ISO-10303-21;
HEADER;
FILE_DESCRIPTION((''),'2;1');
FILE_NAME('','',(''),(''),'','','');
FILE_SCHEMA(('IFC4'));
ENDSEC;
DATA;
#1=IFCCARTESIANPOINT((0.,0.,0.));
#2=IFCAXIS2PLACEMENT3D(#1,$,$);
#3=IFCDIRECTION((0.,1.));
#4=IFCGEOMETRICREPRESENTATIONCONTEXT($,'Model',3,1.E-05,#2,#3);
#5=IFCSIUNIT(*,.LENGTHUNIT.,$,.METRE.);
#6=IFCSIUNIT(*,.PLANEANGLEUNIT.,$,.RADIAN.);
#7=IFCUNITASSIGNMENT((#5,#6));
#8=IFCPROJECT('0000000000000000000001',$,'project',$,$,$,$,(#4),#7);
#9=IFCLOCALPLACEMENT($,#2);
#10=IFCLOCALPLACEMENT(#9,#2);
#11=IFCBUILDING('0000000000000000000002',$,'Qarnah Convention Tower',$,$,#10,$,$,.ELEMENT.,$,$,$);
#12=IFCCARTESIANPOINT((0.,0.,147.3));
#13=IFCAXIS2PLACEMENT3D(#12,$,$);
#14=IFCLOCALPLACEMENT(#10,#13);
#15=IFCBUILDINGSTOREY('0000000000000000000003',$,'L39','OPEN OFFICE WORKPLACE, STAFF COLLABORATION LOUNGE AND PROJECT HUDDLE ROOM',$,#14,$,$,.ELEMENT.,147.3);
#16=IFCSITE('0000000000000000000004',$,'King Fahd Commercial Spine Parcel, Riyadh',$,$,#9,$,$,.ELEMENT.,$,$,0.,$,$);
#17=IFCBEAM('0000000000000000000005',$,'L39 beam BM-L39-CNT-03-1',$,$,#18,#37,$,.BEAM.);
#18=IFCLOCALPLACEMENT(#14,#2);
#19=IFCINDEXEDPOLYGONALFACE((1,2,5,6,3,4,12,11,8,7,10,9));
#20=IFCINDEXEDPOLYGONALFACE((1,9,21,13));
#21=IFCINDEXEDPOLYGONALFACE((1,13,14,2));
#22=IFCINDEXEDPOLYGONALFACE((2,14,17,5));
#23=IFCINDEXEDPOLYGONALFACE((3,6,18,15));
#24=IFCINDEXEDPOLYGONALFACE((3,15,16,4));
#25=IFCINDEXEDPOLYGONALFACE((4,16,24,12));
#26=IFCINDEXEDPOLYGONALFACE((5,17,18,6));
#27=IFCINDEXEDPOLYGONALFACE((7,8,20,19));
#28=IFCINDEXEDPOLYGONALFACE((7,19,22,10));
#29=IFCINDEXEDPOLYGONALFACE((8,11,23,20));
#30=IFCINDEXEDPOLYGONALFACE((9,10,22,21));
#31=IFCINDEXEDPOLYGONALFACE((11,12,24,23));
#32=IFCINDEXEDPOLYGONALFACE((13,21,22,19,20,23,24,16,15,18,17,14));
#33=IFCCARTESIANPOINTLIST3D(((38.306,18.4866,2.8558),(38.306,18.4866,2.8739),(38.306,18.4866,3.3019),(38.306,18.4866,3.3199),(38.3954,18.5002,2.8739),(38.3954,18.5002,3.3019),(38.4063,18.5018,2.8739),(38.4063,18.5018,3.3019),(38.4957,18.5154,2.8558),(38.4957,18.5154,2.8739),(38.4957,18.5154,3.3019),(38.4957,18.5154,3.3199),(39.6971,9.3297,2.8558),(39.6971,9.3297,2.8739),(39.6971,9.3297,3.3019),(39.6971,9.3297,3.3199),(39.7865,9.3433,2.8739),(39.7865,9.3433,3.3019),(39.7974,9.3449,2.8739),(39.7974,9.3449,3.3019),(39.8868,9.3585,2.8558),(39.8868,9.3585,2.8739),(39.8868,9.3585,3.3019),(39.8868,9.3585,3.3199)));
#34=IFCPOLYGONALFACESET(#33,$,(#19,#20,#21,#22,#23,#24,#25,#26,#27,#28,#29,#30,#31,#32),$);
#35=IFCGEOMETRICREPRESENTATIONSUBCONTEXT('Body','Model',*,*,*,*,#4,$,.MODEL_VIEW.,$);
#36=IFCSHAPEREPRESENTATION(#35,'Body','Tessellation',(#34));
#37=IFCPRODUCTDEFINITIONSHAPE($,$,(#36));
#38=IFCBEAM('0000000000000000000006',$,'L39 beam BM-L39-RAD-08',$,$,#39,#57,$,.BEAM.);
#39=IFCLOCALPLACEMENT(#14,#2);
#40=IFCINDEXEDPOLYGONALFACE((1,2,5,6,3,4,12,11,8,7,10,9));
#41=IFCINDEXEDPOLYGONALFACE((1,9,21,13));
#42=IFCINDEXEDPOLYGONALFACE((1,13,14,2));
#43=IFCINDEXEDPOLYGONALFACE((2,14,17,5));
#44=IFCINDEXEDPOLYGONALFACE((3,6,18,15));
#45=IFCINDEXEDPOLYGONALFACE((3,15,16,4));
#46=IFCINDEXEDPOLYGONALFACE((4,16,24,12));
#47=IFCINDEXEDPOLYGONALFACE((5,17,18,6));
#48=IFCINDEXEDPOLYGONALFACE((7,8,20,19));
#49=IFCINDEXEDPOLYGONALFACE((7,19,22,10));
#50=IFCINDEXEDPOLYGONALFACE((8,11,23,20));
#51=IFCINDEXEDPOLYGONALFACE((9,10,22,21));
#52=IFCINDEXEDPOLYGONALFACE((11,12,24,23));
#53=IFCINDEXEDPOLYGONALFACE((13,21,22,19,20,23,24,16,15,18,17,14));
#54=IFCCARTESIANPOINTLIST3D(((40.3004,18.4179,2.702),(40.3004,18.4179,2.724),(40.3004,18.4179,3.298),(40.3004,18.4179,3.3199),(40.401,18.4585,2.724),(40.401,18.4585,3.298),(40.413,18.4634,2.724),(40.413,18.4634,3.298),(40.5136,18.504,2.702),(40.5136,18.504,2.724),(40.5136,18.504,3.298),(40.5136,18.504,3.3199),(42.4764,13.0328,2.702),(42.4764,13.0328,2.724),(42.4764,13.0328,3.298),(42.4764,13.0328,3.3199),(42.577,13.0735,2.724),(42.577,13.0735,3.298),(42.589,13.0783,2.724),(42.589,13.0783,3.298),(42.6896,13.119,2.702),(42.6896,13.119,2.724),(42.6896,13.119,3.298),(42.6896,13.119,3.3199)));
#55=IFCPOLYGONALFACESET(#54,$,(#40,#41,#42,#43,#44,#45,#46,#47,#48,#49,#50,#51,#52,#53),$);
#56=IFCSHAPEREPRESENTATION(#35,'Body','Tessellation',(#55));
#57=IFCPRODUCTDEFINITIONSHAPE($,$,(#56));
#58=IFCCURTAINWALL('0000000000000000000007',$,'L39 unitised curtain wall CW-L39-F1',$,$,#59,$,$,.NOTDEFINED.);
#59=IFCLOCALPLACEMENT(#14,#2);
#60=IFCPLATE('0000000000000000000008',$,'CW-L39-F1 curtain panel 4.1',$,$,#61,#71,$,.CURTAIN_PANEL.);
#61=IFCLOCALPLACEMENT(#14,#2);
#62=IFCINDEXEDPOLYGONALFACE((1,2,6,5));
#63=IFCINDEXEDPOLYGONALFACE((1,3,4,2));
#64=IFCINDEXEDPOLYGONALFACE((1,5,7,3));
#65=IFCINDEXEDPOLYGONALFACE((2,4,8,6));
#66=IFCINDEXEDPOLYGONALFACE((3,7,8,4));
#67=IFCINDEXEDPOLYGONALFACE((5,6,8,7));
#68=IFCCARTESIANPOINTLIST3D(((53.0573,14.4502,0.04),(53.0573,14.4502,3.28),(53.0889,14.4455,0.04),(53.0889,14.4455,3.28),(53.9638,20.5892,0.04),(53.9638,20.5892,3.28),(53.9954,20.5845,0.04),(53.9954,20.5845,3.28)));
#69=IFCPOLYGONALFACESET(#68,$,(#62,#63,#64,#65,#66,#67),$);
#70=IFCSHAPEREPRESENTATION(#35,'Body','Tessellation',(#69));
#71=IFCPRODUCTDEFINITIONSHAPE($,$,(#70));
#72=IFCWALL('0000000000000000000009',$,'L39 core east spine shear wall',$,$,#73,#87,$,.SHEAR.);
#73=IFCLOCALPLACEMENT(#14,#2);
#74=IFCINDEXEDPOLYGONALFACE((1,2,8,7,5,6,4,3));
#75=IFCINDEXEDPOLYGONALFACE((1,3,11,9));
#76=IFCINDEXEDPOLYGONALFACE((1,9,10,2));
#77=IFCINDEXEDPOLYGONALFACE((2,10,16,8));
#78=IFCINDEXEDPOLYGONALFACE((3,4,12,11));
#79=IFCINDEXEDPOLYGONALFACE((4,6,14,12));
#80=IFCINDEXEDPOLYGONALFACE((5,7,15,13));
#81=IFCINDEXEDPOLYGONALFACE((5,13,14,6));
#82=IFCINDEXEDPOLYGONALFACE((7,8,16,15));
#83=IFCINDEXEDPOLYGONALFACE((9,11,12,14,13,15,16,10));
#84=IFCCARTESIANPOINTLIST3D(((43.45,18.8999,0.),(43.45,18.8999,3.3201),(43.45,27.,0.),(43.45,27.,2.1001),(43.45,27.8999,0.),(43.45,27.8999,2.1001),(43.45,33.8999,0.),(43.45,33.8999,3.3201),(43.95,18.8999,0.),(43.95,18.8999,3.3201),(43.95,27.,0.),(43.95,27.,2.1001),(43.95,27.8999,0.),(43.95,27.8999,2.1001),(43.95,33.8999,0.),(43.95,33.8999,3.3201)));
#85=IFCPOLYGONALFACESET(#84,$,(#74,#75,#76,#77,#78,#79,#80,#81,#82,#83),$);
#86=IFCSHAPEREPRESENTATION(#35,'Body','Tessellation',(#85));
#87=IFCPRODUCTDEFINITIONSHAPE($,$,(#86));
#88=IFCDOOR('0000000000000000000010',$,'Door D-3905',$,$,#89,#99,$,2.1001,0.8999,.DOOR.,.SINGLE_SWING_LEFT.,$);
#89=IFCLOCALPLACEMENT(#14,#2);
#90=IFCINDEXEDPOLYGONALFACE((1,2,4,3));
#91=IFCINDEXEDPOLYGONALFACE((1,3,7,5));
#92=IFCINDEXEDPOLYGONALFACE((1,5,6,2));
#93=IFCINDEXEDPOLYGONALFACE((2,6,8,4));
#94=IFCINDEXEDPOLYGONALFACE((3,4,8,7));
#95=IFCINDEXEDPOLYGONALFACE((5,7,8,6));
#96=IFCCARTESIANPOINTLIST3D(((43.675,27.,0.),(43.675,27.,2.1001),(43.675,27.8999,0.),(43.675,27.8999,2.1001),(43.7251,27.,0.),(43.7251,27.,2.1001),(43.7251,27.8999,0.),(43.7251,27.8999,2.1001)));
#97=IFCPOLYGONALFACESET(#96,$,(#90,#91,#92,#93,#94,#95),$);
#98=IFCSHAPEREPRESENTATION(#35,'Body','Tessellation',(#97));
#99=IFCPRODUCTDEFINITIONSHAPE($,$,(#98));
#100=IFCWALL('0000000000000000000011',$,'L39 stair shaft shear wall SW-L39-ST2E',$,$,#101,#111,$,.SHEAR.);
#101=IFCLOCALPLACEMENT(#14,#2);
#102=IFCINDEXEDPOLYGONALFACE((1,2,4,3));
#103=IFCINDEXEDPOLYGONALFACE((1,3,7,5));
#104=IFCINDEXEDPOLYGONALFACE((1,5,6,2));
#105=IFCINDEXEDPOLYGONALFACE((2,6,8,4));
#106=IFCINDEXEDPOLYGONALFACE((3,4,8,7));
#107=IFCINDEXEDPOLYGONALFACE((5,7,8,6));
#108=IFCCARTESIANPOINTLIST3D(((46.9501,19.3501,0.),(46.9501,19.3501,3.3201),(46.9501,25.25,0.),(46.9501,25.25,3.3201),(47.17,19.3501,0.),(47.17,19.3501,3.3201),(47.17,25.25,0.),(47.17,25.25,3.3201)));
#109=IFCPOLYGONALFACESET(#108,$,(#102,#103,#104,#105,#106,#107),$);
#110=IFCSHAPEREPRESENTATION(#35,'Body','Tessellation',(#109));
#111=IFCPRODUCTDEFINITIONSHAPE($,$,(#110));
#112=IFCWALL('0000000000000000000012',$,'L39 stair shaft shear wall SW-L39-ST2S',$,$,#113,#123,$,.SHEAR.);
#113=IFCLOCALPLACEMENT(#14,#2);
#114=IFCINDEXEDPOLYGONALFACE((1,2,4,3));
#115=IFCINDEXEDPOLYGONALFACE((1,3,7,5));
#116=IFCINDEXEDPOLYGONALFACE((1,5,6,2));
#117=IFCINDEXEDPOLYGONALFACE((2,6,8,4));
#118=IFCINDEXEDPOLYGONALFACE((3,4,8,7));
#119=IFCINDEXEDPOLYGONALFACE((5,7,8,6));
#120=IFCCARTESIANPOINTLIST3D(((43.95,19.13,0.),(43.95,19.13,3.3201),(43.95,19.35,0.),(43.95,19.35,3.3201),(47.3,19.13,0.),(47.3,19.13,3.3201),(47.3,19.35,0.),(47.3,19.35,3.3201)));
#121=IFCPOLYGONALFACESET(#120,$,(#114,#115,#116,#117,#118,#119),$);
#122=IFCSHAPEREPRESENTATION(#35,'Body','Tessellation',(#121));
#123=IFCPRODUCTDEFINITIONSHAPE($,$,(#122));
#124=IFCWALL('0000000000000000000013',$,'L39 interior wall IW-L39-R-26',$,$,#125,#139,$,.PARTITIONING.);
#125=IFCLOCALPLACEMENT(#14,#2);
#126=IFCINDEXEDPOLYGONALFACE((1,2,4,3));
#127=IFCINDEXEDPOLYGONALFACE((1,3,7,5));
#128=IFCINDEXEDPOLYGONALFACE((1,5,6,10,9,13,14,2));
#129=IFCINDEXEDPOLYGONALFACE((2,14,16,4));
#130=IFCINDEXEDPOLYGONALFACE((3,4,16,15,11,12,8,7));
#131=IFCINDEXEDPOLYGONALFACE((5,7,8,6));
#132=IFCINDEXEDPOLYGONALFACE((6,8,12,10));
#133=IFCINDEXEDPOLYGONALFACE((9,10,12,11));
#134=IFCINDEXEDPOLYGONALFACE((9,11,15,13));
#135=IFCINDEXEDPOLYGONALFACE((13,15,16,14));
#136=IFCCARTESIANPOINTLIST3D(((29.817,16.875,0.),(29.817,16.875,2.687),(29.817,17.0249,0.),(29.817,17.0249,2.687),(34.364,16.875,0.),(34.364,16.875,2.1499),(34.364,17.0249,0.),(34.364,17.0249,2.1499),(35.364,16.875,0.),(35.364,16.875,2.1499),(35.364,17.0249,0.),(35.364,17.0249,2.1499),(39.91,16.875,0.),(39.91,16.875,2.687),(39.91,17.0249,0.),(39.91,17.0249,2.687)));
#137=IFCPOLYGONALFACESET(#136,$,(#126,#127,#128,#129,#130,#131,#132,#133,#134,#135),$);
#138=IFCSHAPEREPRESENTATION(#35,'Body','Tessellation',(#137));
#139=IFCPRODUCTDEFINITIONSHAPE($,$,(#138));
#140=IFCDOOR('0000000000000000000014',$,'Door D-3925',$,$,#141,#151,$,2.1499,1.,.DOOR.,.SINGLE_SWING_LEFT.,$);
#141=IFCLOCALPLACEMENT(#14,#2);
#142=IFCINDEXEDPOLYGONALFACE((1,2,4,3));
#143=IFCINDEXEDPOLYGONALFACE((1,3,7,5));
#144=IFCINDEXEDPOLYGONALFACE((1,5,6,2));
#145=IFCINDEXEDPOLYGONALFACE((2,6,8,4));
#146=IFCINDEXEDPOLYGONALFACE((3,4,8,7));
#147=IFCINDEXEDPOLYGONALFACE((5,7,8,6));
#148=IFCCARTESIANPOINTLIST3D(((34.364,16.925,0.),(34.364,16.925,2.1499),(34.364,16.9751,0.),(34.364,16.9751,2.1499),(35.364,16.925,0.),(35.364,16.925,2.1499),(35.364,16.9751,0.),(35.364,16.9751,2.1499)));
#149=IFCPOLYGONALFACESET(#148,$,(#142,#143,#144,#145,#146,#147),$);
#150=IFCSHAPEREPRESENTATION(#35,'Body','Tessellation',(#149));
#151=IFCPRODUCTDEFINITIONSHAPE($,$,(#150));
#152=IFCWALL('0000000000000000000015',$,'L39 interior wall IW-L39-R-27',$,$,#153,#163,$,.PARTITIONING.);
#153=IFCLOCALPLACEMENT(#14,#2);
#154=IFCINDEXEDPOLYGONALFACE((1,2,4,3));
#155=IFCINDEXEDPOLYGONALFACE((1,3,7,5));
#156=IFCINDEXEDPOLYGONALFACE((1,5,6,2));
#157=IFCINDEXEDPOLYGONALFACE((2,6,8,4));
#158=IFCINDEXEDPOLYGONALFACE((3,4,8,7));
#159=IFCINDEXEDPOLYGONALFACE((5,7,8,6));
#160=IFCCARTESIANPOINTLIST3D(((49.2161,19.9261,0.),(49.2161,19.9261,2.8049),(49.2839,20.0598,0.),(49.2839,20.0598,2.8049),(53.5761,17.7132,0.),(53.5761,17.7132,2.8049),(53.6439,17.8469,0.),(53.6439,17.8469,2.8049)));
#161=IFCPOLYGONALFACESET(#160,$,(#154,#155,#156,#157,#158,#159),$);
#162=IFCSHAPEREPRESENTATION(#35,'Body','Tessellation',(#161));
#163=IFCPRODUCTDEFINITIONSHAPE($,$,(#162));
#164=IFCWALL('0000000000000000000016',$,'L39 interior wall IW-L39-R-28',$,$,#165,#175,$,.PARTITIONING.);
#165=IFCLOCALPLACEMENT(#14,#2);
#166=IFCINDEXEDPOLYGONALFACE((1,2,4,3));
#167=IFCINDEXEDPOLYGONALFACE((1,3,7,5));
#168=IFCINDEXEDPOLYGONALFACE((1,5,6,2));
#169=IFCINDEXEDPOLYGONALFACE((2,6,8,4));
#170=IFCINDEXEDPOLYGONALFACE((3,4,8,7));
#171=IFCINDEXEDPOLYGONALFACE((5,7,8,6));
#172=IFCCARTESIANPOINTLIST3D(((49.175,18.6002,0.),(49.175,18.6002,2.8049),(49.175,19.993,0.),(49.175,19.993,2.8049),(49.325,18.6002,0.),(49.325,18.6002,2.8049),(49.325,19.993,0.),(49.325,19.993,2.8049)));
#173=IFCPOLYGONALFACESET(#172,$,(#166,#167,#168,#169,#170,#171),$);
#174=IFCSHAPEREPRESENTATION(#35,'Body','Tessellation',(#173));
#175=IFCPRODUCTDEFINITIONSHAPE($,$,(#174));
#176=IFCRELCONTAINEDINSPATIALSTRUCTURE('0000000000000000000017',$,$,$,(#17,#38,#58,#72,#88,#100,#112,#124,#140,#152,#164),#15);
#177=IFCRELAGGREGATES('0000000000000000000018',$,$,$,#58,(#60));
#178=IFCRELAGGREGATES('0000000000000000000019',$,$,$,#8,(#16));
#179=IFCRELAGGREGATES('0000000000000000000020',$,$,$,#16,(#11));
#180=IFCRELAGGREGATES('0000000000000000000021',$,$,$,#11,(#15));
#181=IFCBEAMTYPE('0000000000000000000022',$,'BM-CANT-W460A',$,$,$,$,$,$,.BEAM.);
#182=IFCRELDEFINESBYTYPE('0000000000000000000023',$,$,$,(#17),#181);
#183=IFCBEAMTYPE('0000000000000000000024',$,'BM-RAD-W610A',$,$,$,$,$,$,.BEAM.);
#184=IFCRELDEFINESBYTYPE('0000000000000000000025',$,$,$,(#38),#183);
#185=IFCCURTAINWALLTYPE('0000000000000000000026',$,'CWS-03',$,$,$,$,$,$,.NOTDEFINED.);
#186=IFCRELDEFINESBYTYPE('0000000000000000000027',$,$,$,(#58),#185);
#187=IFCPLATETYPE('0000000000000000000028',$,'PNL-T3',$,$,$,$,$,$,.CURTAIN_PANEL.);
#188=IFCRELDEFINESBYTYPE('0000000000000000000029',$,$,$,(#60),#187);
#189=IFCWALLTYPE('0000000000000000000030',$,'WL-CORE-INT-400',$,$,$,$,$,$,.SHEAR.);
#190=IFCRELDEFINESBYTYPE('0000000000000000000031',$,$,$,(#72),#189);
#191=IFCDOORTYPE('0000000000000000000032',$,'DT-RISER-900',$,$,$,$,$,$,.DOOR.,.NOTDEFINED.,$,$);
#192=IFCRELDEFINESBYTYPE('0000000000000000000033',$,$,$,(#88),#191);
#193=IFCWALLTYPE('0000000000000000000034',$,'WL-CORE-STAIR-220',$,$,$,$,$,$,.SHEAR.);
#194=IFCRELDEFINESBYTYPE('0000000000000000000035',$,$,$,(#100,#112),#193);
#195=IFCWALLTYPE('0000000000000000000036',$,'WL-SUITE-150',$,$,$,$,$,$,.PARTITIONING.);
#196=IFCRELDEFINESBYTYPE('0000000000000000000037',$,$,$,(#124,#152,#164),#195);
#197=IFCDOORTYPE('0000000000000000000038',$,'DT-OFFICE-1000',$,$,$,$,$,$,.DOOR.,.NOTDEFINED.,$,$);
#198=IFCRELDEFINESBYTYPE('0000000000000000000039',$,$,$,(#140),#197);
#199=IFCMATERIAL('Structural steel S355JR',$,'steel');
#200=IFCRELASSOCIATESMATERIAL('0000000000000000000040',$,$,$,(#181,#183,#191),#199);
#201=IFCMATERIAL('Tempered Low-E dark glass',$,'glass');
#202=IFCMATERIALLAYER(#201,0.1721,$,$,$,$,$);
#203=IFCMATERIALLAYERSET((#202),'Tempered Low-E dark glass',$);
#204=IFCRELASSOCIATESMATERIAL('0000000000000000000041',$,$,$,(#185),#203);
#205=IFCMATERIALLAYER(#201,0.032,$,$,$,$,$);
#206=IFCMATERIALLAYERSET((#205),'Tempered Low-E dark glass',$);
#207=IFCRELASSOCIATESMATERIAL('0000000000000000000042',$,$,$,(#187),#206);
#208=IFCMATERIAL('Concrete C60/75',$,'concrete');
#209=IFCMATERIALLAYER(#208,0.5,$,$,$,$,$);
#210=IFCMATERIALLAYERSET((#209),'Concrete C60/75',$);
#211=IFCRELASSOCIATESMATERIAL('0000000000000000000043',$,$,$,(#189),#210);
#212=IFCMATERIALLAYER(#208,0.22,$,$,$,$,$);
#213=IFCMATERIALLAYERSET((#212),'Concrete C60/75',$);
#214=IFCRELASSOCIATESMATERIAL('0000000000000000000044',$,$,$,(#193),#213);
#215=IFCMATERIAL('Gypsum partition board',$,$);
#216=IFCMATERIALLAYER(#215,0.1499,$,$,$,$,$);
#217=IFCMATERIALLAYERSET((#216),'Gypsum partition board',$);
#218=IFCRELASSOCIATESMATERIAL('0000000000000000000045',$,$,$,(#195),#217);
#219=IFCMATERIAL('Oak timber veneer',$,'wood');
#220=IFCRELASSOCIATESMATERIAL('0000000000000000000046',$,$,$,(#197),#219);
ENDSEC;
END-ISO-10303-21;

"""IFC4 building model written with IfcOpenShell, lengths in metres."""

from ifc_helpers import new_model, si_unit, direction, frame, frame_2d, origin, origin_2d, place, context, subcontext, project, spatial, rectangle, i_section, extrude, material, layer, layer_set, material_profile, profile_set, type_object, element, fill, aggregate, save


model = new_model("IFC4")

# Units and contexts
model_context = context("Model", 3, precision=1e-05, world=origin(), true_north=direction((0.0, 1.0)))
body_context = subcontext(model_context, "Body", "Model", "MODEL_VIEW")
ifc_project = project(units=[si_unit("LENGTHUNIT", "METRE"), si_unit("PLANEANGLEUNIT", "RADIAN")], contexts=[model_context])

# Site, building, storey
site_placement = place(None, origin())
site = spatial("IfcSite", under=ifc_project, at=site_placement, Name="King Fahd Commercial Spine Parcel, Riyadh", CompositionType="ELEMENT", RefElevation=0.0)
building_placement = place(site_placement, origin())
building = spatial("IfcBuilding", under=site, at=building_placement, Name="Qarnah Convention Tower", CompositionType="ELEMENT")
storey_placement = place(building_placement, frame((0.0, 0.0, 147.3)))
storey = spatial("IfcBuildingStorey", under=building, at=storey_placement, Name="L39", Description="OPEN OFFICE WORKPLACE, STAFF COLLABORATION LOUNGE AND PROJECT HUDDLE ROOM", CompositionType="ELEMENT", Elevation=147.3)

# Beams
ifc_material_1 = material(Name="Structural steel S355JR", Category="steel")
ifc_material_profile_1 = material_profile(ifc_material_1, i_section(OverallWidth=0.1919, OverallDepth=0.4641, WebThickness=0.011, FlangeThickness=0.0181, at=origin_2d()), Name="W460X89")
ifc_profile_set_1 = profile_set([ifc_material_profile_1], Name="Structural steel S355JR")
beam_type_1 = type_object("IfcBeamType", Name="BM-CANT-W460A", PredefinedType="BEAM", material=ifc_profile_set_1)
beam_1_placement = place(storey_placement, frame((38.4009, 18.501, 3.0879), z_axis=(0.150195, -0.988656, 0.0), x_axis=(0.988656, 0.150195, 0.0)))
element("IfcBeam", 1, at=beam_1_placement, inside=storey, type_object=beam_type_1, Name="L39 beam BM-L39-CNT-03-1", PredefinedType="BEAM", context=body_context, shape_type="SweptSolid", body=[
    extrude(i_section(OverallWidth=0.1919, OverallDepth=0.4641, WebThickness=0.011, FlangeThickness=0.0181, at=origin_2d()), origin(), (0.0, 0.0, 1.0), 9.262),
])
ifc_material_profile_2 = material_profile(ifc_material_1, i_section(OverallWidth=0.23, OverallDepth=0.6179, WebThickness=0.0129, FlangeThickness=0.022, at=origin_2d()), Name="W610X140")
ifc_profile_set_2 = profile_set([ifc_material_profile_2], Name="Structural steel S355JR")
beam_type_2 = type_object("IfcBeamType", Name="BM-RAD-W610A", PredefinedType="BEAM", material=ifc_profile_set_2)
beam_2_placement = place(storey_placement, frame((40.407, 18.4609, 3.011), z_axis=(0.374657, -0.927164, 0.0), x_axis=(0.927164, 0.374657, 0.0)))
element("IfcBeam", 2, at=beam_2_placement, inside=storey, type_object=beam_type_2, Name="L39 beam BM-L39-RAD-08", PredefinedType="BEAM", context=body_context, shape_type="SweptSolid", body=[
    extrude(i_section(OverallWidth=0.23, OverallDepth=0.6179, WebThickness=0.0129, FlangeThickness=0.022, at=origin_2d()), origin(), (0.0, 0.0, 1.0), 5.8081),
])

# Curtain wall, plate
ifc_material_2 = material(Name="Tempered Low-E dark glass", Category="glass")
ifc_layer_1 = layer(ifc_material_2, 0.1721)
ifc_layer_set_1 = layer_set([ifc_layer_1], Name="Tempered Low-E dark glass")
curtain_wall_type = type_object("IfcCurtainWallType", Name="CWS-03", PredefinedType="NOTDEFINED", material=ifc_layer_set_1)
curtain_wall_placement = place(storey_placement, origin())
curtain_wall = element("IfcCurtainWall", 3, at=curtain_wall_placement, inside=storey, type_object=curtain_wall_type, Name="L39 unitised curtain wall CW-L39-F1", PredefinedType="NOTDEFINED")
ifc_layer_2 = layer(ifc_material_2, 0.032)
ifc_layer_set_2 = layer_set([ifc_layer_2], Name="Tempered Low-E dark glass")
plate_type = type_object("IfcPlateType", Name="PNL-T3", PredefinedType="CURTAIN_PANEL", material=ifc_layer_set_2)
plate_placement = place(storey_placement, frame((53.5264, 17.5173, 0.04), z_axis=(0.0, 0.0, 1.0), x_axis=(-0.146079, -0.989273, 0.0)))
plate = element("IfcPlate", 4, at=plate_placement, type_object=plate_type, Name="CW-L39-F1 curtain panel 4.1", PredefinedType="CURTAIN_PANEL", context=body_context, shape_type="SweptSolid", body=[
    extrude(rectangle(XDim=6.2056, YDim=0.032, at=origin_2d()), origin(), (0.0, 0.0, 1.0), 3.24),
])
aggregate(curtain_wall, [plate])

# Shared definitions
ifc_material_3 = material(Name="Concrete C60/75", Category="concrete")
door_type_1 = type_object("IfcDoorType", Name="DT-RISER-900", OperationType="NOTDEFINED", PredefinedType="DOOR", material=ifc_material_1)

# Wall, opening, door
ifc_layer_3 = layer(ifc_material_3, 0.5)
ifc_layer_set_3 = layer_set([ifc_layer_3], Name="Concrete C60/75")
wall_type_1 = type_object("IfcWallType", Name="WL-CORE-INT-400", PredefinedType="SHEAR", material=ifc_layer_set_3)
wall_1_placement = place(storey_placement, frame((43.7, 18.8999, 0.0), z_axis=(0.0, 0.0, 1.0), x_axis=(0.0, 1.0, 0.0)))
wall_1 = element("IfcWall", 5, at=wall_1_placement, inside=storey, type_object=wall_type_1, Name="L39 core east spine shear wall", PredefinedType="SHEAR", context=body_context, shape_type="SweptSolid", body=[
    extrude(rectangle(XDim=15.0, YDim=0.5, at=frame_2d((7.5, 0.0))), origin(), (0.0, 0.0, 1.0), 3.3201),
])
opening_1_placement = place(wall_1_placement, frame((8.1001, 0.0, 0.0)))
opening_1 = element("IfcOpeningElement", 6, at=opening_1_placement, cuts=wall_1, PredefinedType="OPENING", context=body_context, shape_type="SweptSolid", body=[
    extrude(rectangle(XDim=0.8999, YDim=2.1001, at=frame_2d((0.45, 1.05))), frame((0.0, 0.26, 0.0), z_axis=(0.0, -1.0, 0.0), x_axis=(1.0, 0.0, 0.0)), (0.0, 0.0, 1.0), 0.52),
])
door_1_placement = place(opening_1_placement, origin())
door_1 = element("IfcDoor", 7, at=door_1_placement, inside=storey, type_object=door_type_1, Name="Door D-3905", OperationType="SINGLE_SWING_LEFT", OverallHeight=2.1001, OverallWidth=0.8999, PredefinedType="DOOR", context=body_context, shape_type="SweptSolid", body=[
    extrude(rectangle(XDim=0.8999, YDim=2.1001, at=frame_2d((0.45, 1.05))), frame((0.0, 0.0249, 0.0), z_axis=(0.0, -1.0, 0.0), x_axis=(1.0, 0.0, 0.0)), (0.0, 0.0, 1.0), 0.05),
])
fill(opening_1, door_1)

# Walls
ifc_layer_4 = layer(ifc_material_3, 0.22)
ifc_layer_set_4 = layer_set([ifc_layer_4], Name="Concrete C60/75")
wall_type_2 = type_object("IfcWallType", Name="WL-CORE-STAIR-220", PredefinedType="SHEAR", material=ifc_layer_set_4)
wall_2_placement = place(storey_placement, frame((47.0601, 19.3501, 0.0), z_axis=(0.0, 0.0, 1.0), x_axis=(0.0, 1.0, 0.0)))
element("IfcWall", 8, at=wall_2_placement, inside=storey, type_object=wall_type_2, Name="L39 stair shaft shear wall SW-L39-ST2E", PredefinedType="SHEAR", context=body_context, shape_type="SweptSolid", body=[
    extrude(rectangle(XDim=5.8999, YDim=0.22, at=frame_2d((2.95, 0.0))), origin(), (0.0, 0.0, 1.0), 3.3201),
])
wall_3_placement = place(storey_placement, frame((43.95, 19.24, 0.0), z_axis=(0.0, 0.0, 1.0), x_axis=(1.0, 0.0, 0.0)))
element("IfcWall", 9, at=wall_3_placement, inside=storey, type_object=wall_type_2, Name="L39 stair shaft shear wall SW-L39-ST2S", PredefinedType="SHEAR", context=body_context, shape_type="SweptSolid", body=[
    extrude(rectangle(XDim=3.3501, YDim=0.22, at=frame_2d((1.675, 0.0))), origin(), (0.0, 0.0, 1.0), 3.3201),
])

# Wall, opening, door
ifc_material_4 = material(Name="Gypsum partition board")
ifc_layer_5 = layer(ifc_material_4, 0.1499)
ifc_layer_set_5 = layer_set([ifc_layer_5], Name="Gypsum partition board")
wall_type_3 = type_object("IfcWallType", Name="WL-SUITE-150", PredefinedType="PARTITIONING", material=ifc_layer_set_5)
wall_4_placement = place(storey_placement, frame((39.9099, 16.95, 0.0), z_axis=(0.0, 0.0, 1.0), x_axis=(-1.0, 0.0, 0.0)))
wall_4 = element("IfcWall", 10, at=wall_4_placement, inside=storey, type_object=wall_type_3, Name="L39 interior wall IW-L39-R-26", PredefinedType="PARTITIONING", context=body_context, shape_type="SweptSolid", body=[
    extrude(rectangle(XDim=10.093, YDim=0.1499, at=frame_2d((5.0464, 0.0))), origin(), (0.0, 0.0, 1.0), 2.687),
])
opening_2_placement = place(wall_4_placement, frame((4.5459, 0.0, 0.0)))
opening_2 = element("IfcOpeningElement", 11, at=opening_2_placement, cuts=wall_4, PredefinedType="OPENING", context=body_context, shape_type="SweptSolid", body=[
    extrude(rectangle(XDim=1.0, YDim=2.1499, at=frame_2d((0.5, 1.075))), frame((0.0, 0.085, 0.0), z_axis=(0.0, -1.0, 0.0), x_axis=(1.0, 0.0, 0.0)), (0.0, 0.0, 1.0), 0.1699),
])
ifc_material_5 = material(Name="Oak timber veneer", Category="wood")
door_type_2 = type_object("IfcDoorType", Name="DT-OFFICE-1000", OperationType="NOTDEFINED", PredefinedType="DOOR", material=ifc_material_5)
door_2_placement = place(opening_2_placement, origin())
door_2 = element("IfcDoor", 12, at=door_2_placement, inside=storey, type_object=door_type_2, Name="Door D-3925", OperationType="SINGLE_SWING_LEFT", OverallHeight=2.1499, OverallWidth=1.0, PredefinedType="DOOR", context=body_context, shape_type="SweptSolid", body=[
    extrude(rectangle(XDim=1.0, YDim=2.1499, at=frame_2d((0.5, 1.075))), frame((0.0, 0.0249, 0.0), z_axis=(0.0, -1.0, 0.0), x_axis=(1.0, 0.0, 0.0)), (0.0, 0.0, 1.0), 0.05),
])
fill(opening_2, door_2)

# Walls
wall_5_placement = place(storey_placement, frame((53.6101, 17.78, 0.0), z_axis=(0.0, 0.0, 1.0), x_axis=(-0.891725, 0.452578, 0.0)))
element("IfcWall", 13, at=wall_5_placement, inside=storey, type_object=wall_type_3, Name="L39 interior wall IW-L39-R-27", PredefinedType="PARTITIONING", context=body_context, shape_type="SweptSolid", body=[
    extrude(rectangle(XDim=4.8894, YDim=0.1499, at=frame_2d((2.4448, 0.0))), origin(), (0.0, 0.0, 1.0), 2.8049),
])
wall_6_placement = place(storey_placement, frame((49.25, 19.9929, 0.0), z_axis=(0.0, 0.0, 1.0), x_axis=(0.0, -1.0, 0.0)))
element("IfcWall", 14, at=wall_6_placement, inside=storey, type_object=wall_type_3, Name="L39 interior wall IW-L39-R-28", PredefinedType="PARTITIONING", context=body_context, shape_type="SweptSolid", body=[
    extrude(rectangle(XDim=1.3928, YDim=0.1499, at=frame_2d((0.6963, 0.0))), origin(), (0.0, 0.0, 1.0), 2.8049),
])

save(model, "model.ifc")
